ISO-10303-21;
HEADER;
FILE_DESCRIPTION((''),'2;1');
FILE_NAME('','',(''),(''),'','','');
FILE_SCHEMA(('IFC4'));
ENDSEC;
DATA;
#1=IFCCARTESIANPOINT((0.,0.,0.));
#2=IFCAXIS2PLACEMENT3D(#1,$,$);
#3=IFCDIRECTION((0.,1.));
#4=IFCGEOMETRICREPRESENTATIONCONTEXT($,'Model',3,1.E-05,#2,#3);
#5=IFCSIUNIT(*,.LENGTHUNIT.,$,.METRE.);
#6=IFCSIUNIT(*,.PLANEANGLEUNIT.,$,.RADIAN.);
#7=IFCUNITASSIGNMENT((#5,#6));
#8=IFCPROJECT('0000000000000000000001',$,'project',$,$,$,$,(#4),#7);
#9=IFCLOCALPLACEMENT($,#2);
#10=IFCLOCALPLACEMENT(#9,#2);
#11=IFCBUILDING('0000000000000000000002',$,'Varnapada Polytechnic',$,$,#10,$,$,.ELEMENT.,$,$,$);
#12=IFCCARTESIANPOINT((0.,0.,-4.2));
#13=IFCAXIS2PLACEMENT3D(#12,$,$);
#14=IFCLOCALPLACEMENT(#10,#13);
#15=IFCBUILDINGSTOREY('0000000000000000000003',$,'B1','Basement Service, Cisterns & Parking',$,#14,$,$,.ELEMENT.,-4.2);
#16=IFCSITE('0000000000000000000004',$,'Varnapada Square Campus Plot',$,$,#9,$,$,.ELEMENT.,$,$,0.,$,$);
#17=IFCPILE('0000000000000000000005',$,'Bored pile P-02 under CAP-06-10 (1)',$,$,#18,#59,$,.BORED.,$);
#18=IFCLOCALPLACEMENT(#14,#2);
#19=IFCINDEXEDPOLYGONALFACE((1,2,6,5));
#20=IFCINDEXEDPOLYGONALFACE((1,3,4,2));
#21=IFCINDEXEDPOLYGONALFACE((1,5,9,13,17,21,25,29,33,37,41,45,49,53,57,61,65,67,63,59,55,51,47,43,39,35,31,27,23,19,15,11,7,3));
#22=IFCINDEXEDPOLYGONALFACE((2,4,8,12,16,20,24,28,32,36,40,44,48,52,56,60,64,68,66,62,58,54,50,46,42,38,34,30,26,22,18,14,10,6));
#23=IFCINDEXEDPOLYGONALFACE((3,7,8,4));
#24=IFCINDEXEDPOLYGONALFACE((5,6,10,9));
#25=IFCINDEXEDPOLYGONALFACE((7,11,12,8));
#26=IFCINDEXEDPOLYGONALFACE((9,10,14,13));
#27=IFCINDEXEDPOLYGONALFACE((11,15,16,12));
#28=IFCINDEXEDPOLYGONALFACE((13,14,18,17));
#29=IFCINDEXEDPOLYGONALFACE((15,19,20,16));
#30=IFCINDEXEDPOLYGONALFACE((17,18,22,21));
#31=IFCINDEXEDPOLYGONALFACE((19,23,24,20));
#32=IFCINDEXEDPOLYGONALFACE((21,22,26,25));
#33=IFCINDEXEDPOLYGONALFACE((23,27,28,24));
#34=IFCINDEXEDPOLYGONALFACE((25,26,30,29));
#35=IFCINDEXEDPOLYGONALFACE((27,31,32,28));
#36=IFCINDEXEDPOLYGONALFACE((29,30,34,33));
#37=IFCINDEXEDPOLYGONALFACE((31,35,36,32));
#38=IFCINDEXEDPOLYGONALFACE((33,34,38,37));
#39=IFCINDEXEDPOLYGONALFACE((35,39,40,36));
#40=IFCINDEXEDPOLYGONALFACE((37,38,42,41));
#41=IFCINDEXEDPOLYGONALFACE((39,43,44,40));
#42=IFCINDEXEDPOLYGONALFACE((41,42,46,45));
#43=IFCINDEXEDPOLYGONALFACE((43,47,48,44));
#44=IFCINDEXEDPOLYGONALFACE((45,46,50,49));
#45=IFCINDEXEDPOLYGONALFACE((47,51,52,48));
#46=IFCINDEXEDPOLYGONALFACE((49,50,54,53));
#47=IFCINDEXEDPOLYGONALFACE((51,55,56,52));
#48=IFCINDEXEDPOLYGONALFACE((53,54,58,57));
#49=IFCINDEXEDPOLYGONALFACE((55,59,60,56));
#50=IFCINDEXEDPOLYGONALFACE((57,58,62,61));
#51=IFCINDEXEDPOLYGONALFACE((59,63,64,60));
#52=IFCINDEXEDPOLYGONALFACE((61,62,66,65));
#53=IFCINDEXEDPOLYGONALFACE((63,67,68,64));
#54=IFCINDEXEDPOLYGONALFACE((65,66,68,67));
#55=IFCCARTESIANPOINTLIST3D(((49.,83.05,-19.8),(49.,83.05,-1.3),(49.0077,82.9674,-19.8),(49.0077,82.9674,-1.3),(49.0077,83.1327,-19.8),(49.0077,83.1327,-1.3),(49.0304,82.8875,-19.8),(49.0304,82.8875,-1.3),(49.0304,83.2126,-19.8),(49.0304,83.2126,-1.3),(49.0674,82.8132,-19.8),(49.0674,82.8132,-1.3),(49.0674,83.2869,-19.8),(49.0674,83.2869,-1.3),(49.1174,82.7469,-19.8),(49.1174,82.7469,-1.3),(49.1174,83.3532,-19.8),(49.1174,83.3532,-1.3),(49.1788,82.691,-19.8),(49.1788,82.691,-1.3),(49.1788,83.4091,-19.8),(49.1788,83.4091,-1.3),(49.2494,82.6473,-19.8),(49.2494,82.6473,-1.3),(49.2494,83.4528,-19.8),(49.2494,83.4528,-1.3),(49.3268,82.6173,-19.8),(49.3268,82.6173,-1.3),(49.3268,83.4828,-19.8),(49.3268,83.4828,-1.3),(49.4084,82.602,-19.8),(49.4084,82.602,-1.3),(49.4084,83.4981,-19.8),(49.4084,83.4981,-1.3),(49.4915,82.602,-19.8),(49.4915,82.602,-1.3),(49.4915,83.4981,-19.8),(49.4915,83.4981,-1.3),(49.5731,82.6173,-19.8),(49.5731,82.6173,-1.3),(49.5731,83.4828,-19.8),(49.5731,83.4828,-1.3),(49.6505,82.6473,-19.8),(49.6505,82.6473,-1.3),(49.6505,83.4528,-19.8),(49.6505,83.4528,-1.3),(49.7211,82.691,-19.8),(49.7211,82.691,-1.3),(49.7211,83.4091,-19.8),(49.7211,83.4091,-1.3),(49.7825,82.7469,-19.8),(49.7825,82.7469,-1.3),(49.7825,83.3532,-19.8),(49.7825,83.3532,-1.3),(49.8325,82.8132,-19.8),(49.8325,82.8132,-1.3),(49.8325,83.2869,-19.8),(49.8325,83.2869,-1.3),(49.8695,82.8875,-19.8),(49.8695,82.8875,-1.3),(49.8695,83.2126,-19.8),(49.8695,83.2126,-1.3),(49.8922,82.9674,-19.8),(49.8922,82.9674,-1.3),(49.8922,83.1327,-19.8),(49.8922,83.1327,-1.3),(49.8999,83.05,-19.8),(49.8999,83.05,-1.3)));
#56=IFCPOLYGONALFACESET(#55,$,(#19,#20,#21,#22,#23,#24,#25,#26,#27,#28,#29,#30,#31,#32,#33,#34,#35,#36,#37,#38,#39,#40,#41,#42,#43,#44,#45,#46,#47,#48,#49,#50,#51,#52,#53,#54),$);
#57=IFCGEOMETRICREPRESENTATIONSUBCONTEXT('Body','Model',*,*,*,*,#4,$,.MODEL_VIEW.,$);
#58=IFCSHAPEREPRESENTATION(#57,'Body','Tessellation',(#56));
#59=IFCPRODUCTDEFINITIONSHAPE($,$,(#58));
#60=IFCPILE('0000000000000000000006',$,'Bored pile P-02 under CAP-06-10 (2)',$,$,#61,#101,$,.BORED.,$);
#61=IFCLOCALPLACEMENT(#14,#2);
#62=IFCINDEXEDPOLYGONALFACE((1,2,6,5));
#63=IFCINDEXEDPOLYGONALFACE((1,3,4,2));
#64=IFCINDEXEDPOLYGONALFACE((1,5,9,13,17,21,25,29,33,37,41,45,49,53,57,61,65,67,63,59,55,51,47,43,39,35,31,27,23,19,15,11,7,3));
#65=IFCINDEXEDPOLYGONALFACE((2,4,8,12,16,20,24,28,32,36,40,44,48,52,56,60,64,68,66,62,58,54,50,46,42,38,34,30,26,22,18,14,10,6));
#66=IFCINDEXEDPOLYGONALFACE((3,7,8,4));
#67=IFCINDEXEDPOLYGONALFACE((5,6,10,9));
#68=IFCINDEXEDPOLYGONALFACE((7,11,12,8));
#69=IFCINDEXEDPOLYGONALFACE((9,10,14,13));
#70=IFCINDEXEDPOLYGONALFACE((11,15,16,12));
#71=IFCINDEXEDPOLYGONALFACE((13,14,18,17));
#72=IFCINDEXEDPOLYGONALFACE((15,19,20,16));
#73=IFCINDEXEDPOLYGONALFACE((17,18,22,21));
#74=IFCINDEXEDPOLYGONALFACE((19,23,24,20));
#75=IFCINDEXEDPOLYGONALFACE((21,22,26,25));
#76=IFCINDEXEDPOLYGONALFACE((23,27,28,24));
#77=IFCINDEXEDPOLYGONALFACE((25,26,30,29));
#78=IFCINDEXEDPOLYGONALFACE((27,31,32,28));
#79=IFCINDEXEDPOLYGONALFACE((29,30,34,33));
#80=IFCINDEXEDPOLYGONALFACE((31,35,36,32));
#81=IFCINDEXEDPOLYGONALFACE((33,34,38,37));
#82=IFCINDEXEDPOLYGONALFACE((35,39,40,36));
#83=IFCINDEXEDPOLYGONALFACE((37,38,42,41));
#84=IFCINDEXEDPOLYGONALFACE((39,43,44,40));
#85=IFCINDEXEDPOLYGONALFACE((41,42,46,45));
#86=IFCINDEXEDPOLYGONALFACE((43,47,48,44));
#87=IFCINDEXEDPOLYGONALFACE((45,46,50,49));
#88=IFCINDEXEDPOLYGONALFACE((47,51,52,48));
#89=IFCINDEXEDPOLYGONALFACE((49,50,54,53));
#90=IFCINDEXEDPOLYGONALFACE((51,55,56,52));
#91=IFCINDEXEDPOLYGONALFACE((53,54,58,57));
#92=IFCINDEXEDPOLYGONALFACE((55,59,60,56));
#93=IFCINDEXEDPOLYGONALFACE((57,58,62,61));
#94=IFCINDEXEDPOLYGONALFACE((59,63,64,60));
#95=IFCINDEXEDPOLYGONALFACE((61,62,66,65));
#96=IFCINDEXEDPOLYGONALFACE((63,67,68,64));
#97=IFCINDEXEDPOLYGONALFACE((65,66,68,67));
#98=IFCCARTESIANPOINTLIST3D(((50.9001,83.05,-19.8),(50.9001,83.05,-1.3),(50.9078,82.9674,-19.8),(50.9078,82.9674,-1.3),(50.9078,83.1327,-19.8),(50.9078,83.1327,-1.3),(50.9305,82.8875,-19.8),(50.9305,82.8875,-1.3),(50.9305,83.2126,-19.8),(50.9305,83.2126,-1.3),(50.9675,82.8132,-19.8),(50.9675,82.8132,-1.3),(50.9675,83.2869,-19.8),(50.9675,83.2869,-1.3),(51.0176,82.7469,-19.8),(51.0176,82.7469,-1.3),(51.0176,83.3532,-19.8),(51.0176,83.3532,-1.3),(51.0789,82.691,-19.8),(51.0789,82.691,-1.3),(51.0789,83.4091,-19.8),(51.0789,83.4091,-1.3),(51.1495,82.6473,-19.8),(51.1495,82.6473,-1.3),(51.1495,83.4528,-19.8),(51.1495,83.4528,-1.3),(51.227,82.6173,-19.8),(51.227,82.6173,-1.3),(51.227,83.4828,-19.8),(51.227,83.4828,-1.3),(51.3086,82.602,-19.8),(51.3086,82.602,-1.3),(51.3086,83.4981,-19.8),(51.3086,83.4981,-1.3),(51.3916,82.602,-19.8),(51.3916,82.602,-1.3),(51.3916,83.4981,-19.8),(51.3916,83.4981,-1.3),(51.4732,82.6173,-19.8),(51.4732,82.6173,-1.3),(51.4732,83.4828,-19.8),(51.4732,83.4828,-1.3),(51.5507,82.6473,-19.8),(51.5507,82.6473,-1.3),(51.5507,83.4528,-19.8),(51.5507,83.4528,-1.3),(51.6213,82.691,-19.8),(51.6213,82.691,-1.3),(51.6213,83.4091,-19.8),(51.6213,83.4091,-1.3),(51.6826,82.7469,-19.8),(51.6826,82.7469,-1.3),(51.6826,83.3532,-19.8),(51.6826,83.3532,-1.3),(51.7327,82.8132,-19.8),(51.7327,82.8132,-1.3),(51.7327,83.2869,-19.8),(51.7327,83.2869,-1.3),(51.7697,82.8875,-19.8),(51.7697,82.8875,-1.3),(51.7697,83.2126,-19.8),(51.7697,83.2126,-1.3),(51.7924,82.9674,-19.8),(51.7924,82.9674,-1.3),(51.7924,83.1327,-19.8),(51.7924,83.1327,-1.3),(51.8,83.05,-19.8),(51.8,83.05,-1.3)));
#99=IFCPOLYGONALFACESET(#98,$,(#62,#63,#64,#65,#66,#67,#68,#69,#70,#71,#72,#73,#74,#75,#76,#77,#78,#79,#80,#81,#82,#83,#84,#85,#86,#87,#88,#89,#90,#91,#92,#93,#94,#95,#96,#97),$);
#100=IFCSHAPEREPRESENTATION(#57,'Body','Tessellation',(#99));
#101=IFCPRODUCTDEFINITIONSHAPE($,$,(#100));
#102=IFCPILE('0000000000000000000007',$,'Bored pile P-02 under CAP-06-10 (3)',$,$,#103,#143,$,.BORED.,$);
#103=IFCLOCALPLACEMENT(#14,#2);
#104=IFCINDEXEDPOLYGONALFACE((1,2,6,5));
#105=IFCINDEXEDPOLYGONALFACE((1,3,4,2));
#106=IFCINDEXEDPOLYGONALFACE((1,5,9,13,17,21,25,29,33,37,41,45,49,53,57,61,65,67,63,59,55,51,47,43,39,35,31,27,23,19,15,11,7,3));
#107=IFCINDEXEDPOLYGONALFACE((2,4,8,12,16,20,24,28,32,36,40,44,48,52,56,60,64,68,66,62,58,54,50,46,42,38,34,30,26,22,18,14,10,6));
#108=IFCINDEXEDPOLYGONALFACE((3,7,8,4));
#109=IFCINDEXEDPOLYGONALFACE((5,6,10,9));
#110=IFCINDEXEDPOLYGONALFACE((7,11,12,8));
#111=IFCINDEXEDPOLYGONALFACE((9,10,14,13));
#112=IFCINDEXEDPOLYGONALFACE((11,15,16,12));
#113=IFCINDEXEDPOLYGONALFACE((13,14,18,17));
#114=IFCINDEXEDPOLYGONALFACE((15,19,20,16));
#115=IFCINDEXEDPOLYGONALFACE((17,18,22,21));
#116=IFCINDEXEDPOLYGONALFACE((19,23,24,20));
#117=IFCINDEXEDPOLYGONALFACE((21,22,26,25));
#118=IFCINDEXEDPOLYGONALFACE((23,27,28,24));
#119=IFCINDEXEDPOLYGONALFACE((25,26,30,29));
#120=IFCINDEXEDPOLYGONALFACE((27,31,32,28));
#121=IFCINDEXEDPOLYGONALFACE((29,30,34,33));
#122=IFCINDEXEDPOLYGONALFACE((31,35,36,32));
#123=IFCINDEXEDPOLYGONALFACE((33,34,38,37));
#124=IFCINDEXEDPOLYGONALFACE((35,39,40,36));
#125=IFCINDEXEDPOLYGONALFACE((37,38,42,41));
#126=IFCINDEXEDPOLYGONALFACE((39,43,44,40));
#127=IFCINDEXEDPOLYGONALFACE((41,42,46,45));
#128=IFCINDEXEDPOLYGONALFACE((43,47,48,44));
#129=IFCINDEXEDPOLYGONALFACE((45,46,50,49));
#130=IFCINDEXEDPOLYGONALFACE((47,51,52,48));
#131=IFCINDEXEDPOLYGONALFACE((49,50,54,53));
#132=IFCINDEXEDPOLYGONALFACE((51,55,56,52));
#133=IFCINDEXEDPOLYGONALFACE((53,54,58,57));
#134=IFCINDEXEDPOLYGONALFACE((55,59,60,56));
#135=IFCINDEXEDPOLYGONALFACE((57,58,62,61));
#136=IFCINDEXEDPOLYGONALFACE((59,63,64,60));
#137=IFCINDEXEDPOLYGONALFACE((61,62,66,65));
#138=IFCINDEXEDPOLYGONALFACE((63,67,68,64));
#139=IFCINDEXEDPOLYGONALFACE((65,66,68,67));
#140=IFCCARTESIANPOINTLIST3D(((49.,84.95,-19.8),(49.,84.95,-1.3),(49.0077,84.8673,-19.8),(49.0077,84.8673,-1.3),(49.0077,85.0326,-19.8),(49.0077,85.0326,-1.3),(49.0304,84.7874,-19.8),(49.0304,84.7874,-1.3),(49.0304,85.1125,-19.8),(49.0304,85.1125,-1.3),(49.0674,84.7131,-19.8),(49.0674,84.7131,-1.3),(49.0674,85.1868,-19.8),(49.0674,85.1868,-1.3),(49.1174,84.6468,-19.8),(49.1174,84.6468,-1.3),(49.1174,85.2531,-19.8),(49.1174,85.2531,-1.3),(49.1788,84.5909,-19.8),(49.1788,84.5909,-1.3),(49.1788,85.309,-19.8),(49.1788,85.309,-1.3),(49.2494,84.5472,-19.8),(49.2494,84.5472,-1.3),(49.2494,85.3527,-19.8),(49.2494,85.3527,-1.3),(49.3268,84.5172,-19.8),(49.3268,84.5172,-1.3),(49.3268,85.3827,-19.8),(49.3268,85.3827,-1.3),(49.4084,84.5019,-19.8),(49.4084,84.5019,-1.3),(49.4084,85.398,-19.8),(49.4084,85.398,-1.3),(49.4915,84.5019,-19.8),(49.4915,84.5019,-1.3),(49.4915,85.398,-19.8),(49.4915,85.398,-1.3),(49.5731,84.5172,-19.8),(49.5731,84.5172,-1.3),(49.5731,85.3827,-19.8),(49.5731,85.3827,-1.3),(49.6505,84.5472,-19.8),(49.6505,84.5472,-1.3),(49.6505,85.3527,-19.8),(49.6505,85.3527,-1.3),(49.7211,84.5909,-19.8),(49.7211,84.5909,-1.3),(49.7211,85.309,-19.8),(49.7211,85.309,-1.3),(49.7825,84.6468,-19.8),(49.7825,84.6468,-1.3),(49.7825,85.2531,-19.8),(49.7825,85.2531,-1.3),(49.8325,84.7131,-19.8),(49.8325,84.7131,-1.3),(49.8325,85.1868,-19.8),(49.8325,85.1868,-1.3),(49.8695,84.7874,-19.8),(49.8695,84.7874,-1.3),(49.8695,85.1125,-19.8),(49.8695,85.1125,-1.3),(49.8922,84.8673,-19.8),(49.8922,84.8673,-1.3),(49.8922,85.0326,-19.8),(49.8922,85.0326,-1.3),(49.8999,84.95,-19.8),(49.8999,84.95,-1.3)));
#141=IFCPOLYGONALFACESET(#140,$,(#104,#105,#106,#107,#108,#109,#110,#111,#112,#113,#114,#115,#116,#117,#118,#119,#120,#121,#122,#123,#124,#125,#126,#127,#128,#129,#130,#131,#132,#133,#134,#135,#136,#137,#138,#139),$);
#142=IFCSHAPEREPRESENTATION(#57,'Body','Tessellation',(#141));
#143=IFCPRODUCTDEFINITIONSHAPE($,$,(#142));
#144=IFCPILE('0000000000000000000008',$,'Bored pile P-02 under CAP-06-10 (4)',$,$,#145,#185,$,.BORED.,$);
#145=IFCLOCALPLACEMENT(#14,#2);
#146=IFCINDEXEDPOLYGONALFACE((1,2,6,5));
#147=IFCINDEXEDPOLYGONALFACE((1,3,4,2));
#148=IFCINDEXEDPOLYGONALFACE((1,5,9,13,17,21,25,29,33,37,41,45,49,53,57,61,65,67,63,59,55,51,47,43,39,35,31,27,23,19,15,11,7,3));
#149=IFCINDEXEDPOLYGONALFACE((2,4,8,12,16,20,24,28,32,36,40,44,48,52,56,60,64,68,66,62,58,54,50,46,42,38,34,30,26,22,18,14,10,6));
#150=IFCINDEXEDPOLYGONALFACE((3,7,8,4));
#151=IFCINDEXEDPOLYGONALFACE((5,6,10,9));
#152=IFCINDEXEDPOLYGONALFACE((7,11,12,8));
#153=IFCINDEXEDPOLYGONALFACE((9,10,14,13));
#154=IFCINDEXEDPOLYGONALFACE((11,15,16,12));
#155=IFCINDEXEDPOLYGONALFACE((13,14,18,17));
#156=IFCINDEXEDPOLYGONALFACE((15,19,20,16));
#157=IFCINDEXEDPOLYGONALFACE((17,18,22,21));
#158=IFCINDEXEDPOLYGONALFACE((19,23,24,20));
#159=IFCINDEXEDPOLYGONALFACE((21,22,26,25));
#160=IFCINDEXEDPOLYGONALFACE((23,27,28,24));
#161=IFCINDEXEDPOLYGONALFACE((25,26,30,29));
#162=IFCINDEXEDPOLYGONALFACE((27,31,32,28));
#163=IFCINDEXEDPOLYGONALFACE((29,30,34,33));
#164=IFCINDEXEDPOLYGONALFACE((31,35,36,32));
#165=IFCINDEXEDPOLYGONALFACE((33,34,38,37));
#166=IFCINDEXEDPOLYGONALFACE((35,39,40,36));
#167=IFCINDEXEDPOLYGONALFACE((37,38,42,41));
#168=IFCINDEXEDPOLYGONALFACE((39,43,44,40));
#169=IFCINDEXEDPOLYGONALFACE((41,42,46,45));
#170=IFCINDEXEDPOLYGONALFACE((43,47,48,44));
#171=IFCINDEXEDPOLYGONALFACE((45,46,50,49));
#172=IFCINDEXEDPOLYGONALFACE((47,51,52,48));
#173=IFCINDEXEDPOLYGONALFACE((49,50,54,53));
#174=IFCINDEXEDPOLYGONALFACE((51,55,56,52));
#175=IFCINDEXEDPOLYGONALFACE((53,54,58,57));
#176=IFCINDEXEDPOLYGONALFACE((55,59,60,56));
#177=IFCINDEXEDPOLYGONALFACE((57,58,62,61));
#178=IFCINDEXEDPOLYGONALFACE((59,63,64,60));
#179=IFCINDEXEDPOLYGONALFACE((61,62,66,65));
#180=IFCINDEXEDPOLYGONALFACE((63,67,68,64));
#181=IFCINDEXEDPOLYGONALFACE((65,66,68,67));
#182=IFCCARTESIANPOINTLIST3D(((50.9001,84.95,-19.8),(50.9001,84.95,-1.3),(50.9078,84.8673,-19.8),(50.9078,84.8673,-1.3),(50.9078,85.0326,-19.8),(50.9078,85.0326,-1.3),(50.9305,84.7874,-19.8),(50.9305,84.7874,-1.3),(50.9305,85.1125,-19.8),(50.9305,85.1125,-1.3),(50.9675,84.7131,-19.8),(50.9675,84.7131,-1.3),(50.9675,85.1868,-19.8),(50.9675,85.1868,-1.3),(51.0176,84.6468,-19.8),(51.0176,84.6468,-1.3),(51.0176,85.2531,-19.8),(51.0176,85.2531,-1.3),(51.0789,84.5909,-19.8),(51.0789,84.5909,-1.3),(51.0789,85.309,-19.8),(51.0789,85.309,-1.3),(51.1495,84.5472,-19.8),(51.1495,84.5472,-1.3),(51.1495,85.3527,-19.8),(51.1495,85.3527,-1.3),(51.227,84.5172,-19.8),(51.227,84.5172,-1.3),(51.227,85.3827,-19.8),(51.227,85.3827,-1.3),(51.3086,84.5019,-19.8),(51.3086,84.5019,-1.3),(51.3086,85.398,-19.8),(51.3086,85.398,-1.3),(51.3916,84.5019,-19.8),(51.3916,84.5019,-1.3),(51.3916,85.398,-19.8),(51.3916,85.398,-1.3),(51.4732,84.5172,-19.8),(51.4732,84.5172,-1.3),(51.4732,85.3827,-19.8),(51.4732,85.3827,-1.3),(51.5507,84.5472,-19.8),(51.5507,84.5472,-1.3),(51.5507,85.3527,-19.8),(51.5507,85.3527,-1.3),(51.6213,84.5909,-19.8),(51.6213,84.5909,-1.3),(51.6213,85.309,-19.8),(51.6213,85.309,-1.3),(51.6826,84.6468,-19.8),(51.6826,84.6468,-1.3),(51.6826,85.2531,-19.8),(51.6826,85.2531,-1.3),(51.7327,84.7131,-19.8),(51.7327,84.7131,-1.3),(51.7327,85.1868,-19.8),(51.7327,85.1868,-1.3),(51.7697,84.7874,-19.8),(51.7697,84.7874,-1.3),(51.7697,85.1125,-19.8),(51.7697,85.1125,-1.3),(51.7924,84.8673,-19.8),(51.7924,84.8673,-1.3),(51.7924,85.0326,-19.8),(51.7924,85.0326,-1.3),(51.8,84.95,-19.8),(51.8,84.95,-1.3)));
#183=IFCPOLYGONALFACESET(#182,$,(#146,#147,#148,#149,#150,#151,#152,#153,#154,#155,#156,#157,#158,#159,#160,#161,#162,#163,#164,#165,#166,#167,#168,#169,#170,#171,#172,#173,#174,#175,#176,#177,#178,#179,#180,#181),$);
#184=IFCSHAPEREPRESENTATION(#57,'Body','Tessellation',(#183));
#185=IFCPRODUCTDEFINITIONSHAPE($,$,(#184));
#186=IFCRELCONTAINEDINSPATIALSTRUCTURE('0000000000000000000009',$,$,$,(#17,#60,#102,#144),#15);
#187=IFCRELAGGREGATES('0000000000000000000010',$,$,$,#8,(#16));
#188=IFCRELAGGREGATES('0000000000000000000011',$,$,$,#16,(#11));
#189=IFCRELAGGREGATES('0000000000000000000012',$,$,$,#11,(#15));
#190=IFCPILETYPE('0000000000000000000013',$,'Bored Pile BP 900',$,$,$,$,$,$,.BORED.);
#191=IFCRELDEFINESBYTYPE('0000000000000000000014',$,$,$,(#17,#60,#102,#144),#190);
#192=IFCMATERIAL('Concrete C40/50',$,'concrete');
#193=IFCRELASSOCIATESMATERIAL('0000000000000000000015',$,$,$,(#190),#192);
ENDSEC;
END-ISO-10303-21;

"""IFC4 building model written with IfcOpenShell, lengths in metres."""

from ifc_helpers import new_model, si_unit, direction, frame, origin, origin_2d, place, context, subcontext, project, spatial, circle, extrude, material, material_profile, profile_set, type_object, element, save


model = new_model("IFC4")

# Units and contexts
model_context = context("Model", 3, precision=1e-05, world=origin(), true_north=direction((0.0, 1.0)))
body_context = subcontext(model_context, "Body", "Model", "MODEL_VIEW")
ifc_project = project(units=[si_unit("LENGTHUNIT", "METRE"), si_unit("PLANEANGLEUNIT", "RADIAN")], contexts=[model_context])

# Site, building, storey
site_placement = place(None, origin())
site = spatial("IfcSite", under=ifc_project, at=site_placement, Name="Varnapada Square Campus Plot", CompositionType="ELEMENT", RefElevation=0.0)
building_placement = place(site_placement, origin())
building = spatial("IfcBuilding", under=site, at=building_placement, Name="Varnapada Polytechnic", CompositionType="ELEMENT")
storey_placement = place(building_placement, frame((0.0, 0.0, -4.2)))
storey = spatial("IfcBuildingStorey", under=building, at=storey_placement, Name="B1", Description="Basement Service, Cisterns & Parking", CompositionType="ELEMENT", Elevation=-4.2)

# Piles
ifc_material = material(Name="Concrete C40/50", Category="concrete")
ifc_material_profile_1 = material_profile(ifc_material, circle(Radius=0.45, at=origin_2d()), Name="BP 900")
ifc_profile_set_1 = profile_set([ifc_material_profile_1], Name="Concrete C40/50")
pile_type_1 = type_object("IfcPileType", Name="Bored Pile BP 900", PredefinedType="BORED", material=ifc_profile_set_1)
for number, where, z_axis, x_axis, name in (
    (1, (49.45, 83.05, -1.3), (0.0, 0.0, -1.0), (1.0, 0.0, 0.0), "Bored pile P-02 under CAP-06-10 (1)"),
    (2, (51.3501, 83.05, -1.3), (0.0, 0.0, -1.0), (1.0, 0.0, 0.0), "Bored pile P-02 under CAP-06-10 (2)"),
    (3, (49.45, 84.95, -1.3), (0.0, 0.0, -1.0), (1.0, 0.0, 0.0), "Bored pile P-02 under CAP-06-10 (3)"),
    (4, (51.3501, 84.95, -1.3), (0.0, 0.0, -1.0), (1.0, 0.0, 0.0), "Bored pile P-02 under CAP-06-10 (4)"),
):
    element("IfcPile", number, at=place(storey_placement, frame(where, z_axis=z_axis, x_axis=x_axis)), inside=storey, type_object=pile_type_1, Name=name, PredefinedType="BORED", context=body_context, shape_type="SweptSolid", body=[
        extrude(circle(Radius=0.45, at=origin_2d()), origin(), (0.0, 0.0, 1.0), 18.5),
    ])

save(model, "model.ifc")
